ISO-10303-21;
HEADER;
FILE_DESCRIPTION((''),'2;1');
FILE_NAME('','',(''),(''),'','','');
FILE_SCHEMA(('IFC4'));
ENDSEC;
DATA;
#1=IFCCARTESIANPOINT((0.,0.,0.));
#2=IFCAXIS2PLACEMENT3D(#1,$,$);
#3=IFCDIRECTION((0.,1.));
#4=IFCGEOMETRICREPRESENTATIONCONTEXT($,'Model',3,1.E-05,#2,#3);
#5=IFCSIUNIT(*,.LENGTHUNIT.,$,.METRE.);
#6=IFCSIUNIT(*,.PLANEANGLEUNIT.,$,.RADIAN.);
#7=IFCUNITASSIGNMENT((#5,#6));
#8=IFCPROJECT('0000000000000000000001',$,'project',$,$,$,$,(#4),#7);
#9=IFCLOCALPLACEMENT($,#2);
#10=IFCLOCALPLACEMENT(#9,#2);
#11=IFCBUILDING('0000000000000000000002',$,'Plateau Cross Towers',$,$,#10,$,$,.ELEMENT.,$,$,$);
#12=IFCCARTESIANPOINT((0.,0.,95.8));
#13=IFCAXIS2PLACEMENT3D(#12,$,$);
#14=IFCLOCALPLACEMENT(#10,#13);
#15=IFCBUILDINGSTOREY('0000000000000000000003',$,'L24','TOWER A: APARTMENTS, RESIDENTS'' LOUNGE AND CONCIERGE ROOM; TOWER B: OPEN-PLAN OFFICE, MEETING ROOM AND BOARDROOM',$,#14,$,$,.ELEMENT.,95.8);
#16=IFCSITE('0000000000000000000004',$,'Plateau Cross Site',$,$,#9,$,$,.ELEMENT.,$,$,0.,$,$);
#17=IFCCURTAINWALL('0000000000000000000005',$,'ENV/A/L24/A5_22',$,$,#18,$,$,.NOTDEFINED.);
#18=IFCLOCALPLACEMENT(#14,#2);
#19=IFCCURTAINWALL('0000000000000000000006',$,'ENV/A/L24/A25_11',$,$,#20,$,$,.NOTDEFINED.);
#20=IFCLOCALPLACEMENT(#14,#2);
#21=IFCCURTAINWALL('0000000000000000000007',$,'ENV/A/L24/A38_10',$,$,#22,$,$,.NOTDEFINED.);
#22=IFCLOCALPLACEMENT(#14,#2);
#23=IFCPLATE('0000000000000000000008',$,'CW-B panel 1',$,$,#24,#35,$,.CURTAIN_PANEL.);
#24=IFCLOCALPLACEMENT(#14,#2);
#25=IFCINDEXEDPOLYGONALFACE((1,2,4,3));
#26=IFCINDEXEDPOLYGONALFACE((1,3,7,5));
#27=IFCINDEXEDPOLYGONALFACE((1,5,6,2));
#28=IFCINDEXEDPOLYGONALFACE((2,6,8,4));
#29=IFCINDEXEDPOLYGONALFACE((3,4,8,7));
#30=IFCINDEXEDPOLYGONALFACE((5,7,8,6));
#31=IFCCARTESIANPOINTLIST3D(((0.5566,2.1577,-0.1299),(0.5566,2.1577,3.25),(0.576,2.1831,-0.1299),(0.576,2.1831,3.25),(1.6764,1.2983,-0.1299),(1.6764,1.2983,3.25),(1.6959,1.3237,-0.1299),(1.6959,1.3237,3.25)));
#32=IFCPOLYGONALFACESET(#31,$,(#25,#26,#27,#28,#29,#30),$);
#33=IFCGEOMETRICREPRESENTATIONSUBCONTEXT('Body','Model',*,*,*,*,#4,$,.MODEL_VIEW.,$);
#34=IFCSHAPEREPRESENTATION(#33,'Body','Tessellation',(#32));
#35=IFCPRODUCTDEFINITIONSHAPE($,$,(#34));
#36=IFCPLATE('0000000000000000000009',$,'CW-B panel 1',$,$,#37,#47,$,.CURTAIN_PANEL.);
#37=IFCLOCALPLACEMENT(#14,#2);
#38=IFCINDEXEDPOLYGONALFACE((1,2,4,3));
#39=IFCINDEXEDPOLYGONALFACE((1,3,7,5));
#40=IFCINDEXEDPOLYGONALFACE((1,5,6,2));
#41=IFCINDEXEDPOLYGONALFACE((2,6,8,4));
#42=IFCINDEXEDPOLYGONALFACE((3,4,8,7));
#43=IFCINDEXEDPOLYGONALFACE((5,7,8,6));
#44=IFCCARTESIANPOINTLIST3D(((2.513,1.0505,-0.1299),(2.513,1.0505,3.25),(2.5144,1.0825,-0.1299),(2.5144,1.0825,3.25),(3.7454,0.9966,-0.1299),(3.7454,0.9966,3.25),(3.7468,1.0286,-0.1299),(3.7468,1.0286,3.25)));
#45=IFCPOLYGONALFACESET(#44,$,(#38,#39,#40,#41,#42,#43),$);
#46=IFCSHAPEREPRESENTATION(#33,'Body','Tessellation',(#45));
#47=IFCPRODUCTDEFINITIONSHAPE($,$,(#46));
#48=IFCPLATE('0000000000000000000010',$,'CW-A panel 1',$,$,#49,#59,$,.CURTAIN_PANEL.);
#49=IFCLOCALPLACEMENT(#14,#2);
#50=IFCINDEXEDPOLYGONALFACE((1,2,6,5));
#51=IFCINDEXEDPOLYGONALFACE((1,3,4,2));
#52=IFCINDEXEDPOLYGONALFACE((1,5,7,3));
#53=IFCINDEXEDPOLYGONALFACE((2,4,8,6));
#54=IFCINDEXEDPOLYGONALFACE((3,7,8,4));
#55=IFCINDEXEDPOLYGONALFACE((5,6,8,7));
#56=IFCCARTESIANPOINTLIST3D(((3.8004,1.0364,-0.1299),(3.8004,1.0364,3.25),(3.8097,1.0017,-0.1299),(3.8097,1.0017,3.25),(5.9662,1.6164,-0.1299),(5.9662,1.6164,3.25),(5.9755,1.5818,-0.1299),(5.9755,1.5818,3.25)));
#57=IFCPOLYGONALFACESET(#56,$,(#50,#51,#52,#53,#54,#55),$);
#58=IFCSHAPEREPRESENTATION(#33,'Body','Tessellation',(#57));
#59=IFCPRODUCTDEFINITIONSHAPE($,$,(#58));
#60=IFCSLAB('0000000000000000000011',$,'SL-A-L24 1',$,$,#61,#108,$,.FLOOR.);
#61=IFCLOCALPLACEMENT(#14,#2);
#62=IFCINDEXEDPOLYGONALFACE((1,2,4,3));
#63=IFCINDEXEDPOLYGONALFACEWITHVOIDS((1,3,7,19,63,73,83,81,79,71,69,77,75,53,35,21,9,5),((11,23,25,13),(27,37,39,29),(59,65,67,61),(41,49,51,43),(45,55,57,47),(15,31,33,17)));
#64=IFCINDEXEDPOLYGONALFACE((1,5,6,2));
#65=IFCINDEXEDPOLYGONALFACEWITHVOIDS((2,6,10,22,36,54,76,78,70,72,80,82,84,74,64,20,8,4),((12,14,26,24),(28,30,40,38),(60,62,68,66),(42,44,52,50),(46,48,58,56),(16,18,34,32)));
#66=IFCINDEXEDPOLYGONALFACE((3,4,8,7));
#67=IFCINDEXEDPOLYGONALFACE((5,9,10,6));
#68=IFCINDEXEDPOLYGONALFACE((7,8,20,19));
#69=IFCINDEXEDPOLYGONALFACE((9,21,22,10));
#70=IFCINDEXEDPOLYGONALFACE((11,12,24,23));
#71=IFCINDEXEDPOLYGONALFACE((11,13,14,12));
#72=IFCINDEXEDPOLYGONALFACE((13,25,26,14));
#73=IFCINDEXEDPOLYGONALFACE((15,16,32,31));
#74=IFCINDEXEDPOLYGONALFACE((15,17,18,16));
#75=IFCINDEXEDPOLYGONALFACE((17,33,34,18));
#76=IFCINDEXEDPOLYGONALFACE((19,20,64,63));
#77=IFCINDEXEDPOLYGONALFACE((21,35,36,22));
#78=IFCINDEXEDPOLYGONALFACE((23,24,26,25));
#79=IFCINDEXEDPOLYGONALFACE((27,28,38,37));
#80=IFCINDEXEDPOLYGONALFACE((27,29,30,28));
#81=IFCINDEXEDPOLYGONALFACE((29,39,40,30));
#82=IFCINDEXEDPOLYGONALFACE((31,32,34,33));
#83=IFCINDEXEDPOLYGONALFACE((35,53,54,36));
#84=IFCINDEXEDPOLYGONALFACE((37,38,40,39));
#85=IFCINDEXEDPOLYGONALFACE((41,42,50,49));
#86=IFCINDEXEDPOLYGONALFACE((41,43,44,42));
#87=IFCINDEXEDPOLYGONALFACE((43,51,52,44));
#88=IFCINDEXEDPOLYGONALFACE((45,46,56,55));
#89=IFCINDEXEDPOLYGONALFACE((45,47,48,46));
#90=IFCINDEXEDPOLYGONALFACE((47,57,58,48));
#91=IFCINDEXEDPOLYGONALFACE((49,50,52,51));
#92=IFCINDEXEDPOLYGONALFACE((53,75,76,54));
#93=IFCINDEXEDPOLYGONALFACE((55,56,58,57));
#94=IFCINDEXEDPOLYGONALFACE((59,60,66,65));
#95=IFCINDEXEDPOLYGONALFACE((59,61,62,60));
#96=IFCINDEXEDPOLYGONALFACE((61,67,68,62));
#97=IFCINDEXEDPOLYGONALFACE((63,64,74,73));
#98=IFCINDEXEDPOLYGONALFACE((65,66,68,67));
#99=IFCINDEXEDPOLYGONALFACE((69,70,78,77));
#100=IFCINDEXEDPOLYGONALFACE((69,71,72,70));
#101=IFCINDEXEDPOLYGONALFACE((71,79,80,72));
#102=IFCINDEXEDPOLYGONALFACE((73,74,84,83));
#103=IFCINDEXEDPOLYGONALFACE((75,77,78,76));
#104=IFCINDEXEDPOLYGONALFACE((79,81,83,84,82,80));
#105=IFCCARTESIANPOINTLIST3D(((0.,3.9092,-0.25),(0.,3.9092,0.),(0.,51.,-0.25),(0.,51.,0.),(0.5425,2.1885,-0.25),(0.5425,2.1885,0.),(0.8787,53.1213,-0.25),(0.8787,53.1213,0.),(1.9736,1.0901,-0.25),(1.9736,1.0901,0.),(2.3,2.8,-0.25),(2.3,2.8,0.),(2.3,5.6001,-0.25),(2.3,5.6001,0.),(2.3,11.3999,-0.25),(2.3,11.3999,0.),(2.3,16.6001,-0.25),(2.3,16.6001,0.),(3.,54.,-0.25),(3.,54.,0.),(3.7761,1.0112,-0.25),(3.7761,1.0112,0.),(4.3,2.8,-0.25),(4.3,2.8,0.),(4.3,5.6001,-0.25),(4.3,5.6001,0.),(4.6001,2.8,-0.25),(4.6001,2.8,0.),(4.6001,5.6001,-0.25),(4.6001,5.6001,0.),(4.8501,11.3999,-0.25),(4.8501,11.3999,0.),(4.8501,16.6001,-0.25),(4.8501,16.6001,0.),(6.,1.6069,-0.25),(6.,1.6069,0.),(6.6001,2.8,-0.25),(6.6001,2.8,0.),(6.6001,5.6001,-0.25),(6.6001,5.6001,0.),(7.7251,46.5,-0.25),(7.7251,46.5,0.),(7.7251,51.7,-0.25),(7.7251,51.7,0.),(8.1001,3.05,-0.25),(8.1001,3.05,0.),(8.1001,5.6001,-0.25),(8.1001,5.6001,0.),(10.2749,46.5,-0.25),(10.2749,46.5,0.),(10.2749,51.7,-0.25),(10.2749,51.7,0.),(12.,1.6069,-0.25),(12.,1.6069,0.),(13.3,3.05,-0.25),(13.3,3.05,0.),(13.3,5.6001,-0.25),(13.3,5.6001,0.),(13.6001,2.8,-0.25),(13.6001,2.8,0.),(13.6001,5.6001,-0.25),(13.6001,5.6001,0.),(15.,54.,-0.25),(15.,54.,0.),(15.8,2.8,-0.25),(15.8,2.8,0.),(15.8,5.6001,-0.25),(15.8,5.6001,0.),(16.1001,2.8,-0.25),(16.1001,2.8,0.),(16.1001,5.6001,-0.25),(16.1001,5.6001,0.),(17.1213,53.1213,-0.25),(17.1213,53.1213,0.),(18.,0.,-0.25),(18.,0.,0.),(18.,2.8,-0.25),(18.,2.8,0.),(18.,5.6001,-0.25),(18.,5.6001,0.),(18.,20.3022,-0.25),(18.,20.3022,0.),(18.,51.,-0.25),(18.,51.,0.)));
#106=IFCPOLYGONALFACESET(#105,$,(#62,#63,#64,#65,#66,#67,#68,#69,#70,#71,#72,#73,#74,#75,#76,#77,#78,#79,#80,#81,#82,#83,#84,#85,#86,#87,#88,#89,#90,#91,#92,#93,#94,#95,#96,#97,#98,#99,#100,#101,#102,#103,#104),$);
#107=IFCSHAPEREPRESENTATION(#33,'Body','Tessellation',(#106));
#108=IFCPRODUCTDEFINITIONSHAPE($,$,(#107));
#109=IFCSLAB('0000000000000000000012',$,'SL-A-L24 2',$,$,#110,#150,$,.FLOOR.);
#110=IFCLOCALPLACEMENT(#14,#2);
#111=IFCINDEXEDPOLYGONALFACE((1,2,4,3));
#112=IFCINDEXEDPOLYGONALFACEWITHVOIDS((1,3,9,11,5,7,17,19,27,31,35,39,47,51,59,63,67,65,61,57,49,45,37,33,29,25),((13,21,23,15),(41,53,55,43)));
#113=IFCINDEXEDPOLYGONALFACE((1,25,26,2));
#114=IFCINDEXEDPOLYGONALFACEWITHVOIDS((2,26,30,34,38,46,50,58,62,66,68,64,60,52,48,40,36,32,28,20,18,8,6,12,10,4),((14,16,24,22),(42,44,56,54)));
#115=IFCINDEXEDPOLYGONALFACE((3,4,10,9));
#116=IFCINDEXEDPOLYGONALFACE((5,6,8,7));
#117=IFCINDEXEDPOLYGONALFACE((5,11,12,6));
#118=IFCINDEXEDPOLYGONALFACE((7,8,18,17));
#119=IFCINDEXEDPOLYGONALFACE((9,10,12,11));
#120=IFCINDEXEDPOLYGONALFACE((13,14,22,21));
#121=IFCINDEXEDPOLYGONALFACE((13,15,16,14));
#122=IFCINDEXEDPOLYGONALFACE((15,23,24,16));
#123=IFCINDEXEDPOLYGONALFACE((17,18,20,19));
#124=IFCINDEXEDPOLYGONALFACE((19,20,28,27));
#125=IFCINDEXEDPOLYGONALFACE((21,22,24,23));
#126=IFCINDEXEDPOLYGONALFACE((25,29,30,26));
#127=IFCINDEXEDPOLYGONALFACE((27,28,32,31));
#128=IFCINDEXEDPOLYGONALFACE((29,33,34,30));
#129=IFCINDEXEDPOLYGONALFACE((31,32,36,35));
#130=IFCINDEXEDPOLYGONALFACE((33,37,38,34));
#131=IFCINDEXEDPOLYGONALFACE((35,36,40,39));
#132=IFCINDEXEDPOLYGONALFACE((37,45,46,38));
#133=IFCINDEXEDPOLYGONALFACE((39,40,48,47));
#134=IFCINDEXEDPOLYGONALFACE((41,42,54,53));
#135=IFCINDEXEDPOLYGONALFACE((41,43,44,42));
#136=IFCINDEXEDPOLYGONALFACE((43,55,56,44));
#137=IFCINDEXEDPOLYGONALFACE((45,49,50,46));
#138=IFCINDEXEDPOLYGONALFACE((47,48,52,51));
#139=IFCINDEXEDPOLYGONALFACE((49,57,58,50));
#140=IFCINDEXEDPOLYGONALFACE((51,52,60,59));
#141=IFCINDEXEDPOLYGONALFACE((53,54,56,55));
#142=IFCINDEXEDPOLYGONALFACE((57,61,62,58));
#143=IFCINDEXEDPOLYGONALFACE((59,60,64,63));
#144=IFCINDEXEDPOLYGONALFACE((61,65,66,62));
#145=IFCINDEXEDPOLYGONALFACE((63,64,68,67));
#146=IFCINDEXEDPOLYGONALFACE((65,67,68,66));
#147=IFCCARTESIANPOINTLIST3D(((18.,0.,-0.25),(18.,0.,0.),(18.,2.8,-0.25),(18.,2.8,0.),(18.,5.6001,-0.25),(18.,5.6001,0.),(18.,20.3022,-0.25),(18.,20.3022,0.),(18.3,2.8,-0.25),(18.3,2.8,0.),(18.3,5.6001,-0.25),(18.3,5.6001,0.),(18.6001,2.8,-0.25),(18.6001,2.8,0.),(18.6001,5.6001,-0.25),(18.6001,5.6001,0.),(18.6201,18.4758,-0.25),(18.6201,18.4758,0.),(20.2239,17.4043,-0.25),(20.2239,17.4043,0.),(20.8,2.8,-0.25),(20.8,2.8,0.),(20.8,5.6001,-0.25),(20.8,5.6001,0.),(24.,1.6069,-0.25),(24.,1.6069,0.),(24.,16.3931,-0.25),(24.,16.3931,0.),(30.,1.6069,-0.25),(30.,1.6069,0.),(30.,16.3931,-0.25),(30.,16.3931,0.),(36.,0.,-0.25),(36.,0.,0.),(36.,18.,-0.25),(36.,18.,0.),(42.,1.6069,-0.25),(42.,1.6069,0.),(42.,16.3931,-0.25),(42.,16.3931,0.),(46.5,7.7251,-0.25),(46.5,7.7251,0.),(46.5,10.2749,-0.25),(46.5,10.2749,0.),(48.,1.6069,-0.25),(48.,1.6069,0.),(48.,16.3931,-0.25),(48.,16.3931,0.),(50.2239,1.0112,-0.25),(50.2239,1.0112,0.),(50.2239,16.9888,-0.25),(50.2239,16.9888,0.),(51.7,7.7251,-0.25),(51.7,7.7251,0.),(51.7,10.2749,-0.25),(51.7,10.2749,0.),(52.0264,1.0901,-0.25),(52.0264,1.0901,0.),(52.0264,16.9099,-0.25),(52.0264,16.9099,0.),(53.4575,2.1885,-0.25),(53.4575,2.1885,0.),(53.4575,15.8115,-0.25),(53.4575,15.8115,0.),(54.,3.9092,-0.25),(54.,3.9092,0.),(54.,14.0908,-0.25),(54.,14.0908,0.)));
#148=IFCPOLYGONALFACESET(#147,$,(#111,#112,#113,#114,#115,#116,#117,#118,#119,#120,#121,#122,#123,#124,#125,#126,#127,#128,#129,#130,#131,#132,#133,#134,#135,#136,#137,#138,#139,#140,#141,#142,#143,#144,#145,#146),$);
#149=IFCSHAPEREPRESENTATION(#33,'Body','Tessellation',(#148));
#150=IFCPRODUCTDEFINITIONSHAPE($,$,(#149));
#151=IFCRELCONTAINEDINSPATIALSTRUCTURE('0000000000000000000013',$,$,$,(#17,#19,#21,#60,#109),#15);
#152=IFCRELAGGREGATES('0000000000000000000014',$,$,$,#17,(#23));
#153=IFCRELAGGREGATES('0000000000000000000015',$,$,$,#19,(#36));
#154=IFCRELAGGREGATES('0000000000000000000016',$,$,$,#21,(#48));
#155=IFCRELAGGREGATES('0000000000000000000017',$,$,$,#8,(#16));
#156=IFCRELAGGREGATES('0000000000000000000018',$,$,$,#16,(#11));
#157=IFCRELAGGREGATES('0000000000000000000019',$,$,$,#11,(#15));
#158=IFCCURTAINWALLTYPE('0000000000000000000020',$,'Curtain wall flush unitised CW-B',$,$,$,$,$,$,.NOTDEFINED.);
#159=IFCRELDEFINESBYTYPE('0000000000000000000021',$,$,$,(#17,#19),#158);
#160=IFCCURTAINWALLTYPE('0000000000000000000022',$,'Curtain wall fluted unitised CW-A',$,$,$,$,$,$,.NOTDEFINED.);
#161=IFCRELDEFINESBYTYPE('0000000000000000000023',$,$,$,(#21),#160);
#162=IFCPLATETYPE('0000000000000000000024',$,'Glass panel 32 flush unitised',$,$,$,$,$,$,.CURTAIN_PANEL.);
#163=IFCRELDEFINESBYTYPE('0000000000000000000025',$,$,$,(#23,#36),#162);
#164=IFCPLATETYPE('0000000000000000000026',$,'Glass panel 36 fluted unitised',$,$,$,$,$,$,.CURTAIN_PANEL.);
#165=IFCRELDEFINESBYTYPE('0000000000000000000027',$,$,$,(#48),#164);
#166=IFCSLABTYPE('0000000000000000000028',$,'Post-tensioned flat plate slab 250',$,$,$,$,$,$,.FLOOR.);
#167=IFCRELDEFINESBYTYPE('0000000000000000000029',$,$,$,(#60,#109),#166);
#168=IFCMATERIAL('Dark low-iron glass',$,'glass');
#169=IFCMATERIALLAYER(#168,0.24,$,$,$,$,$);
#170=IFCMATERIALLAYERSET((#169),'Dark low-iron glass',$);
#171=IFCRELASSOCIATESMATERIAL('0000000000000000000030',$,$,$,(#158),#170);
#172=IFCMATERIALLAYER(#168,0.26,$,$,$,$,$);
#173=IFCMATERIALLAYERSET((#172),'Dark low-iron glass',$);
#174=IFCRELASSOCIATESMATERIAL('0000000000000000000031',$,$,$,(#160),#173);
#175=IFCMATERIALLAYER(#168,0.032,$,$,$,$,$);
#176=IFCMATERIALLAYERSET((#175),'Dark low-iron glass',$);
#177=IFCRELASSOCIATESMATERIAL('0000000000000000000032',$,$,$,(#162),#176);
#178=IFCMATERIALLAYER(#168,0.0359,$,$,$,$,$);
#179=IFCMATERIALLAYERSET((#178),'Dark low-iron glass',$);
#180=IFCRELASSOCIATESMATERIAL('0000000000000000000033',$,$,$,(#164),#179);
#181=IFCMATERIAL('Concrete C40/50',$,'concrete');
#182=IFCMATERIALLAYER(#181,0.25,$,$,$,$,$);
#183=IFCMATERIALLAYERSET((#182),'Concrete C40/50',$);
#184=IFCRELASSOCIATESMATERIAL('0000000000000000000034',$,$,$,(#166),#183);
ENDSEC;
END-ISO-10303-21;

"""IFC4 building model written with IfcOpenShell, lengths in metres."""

from ifc_helpers import new_model, si_unit, direction, frame, origin, origin_2d, place, context, subcontext, project, spatial, polyline, rectangle, outline, extrude, material, layer, layer_set, type_object, element, aggregate, save


model = new_model("IFC4")

# Units and contexts
model_context = context("Model", 3, precision=1e-05, world=origin(), true_north=direction((0.0, 1.0)))
body_context = subcontext(model_context, "Body", "Model", "MODEL_VIEW")
ifc_project = project(units=[si_unit("LENGTHUNIT", "METRE"), si_unit("PLANEANGLEUNIT", "RADIAN")], contexts=[model_context])

# Site, building, storey
site_placement = place(None, origin())
site = spatial("IfcSite", under=ifc_project, at=site_placement, Name="Plateau Cross Site", CompositionType="ELEMENT", RefElevation=0.0)
building_placement = place(site_placement, origin())
building = spatial("IfcBuilding", under=site, at=building_placement, Name="Plateau Cross Towers", CompositionType="ELEMENT")
storey_placement = place(building_placement, frame((0.0, 0.0, 95.8)))
storey = spatial("IfcBuildingStorey", under=building, at=storey_placement, Name="L24", Description="TOWER A: APARTMENTS, RESIDENTS' LOUNGE AND CONCIERGE ROOM; TOWER B: OPEN-PLAN OFFICE, MEETING ROOM AND BOARDROOM", CompositionType="ELEMENT", Elevation=95.8)

# Curtain wall
ifc_material_1 = material(Name="Dark low-iron glass", Category="glass")
ifc_layer_1 = layer(ifc_material_1, 0.24)
ifc_layer_set_1 = layer_set([ifc_layer_1], Name="Dark low-iron glass")
curtain_wall_type_1 = type_object("IfcCurtainWallType", Name="Curtain wall flush unitised CW-B", PredefinedType="NOTDEFINED", material=ifc_layer_set_1)
curtain_wall_1_placement = place(storey_placement, origin())
curtain_wall_1 = element("IfcCurtainWall", 1, at=curtain_wall_1_placement, inside=storey, type_object=curtain_wall_type_1, Name="ENV/A/L24/A5_22", PredefinedType="NOTDEFINED")

# Curtain walls
curtain_wall_2_placement = place(storey_placement, origin())
curtain_wall_2 = element("IfcCurtainWall", 2, at=curtain_wall_2_placement, inside=storey, type_object=curtain_wall_type_1, Name="ENV/A/L24/A25_11", PredefinedType="NOTDEFINED")
ifc_layer_2 = layer(ifc_material_1, 0.26)
ifc_layer_set_2 = layer_set([ifc_layer_2], Name="Dark low-iron glass")
curtain_wall_type_2 = type_object("IfcCurtainWallType", Name="Curtain wall fluted unitised CW-A", PredefinedType="NOTDEFINED", material=ifc_layer_set_2)
curtain_wall_3_placement = place(storey_placement, origin())
curtain_wall_3 = element("IfcCurtainWall", 3, at=curtain_wall_3_placement, inside=storey, type_object=curtain_wall_type_2, Name="ENV/A/L24/A38_10", PredefinedType="NOTDEFINED")

# Shared definitions
ifc_material_2 = material(Name="Concrete C40/50", Category="concrete")

# Plates
ifc_layer_3 = layer(ifc_material_1, 0.032)
ifc_layer_set_3 = layer_set([ifc_layer_3], Name="Dark low-iron glass")
plate_type_1 = type_object("IfcPlateType", Name="Glass panel 32 flush unitised", PredefinedType="CURTAIN_PANEL", material=ifc_layer_set_3)
plate_1_placement = place(storey_placement, frame((1.1262, 1.7407, -0.1299), z_axis=(0.0, 0.0, 1.0), x_axis=(0.793316, -0.608811, 0.0)))
plate_1 = element("IfcPlate", 4, at=plate_1_placement, type_object=plate_type_1, Name="CW-B panel 1", PredefinedType="CURTAIN_PANEL", context=body_context, shape_type="SweptSolid", body=[
    extrude(rectangle(XDim=1.4116, YDim=0.032, at=origin_2d()), origin(), (0.0, 0.0, 1.0), 3.3799),
])
aggregate(curtain_wall_1, [plate_1])
plate_2_placement = place(storey_placement, frame((3.1299, 1.0396, -0.1299), z_axis=(0.0, 0.0, 1.0), x_axis=(0.999044, -0.043723, 0.0)))
plate_2 = element("IfcPlate", 5, at=plate_2_placement, type_object=plate_type_1, Name="CW-B panel 1", PredefinedType="CURTAIN_PANEL", context=body_context, shape_type="SweptSolid", body=[
    extrude(rectangle(XDim=1.2336, YDim=0.032, at=origin_2d()), origin(), (0.0, 0.0, 1.0), 3.3799),
])
aggregate(curtain_wall_2, [plate_2])
ifc_layer_4 = layer(ifc_material_1, 0.0359)
ifc_layer_set_4 = layer_set([ifc_layer_4], Name="Dark low-iron glass")
plate_type_2 = type_object("IfcPlateType", Name="Glass panel 36 fluted unitised", PredefinedType="CURTAIN_PANEL", material=ifc_layer_set_4)
plate_3_placement = place(storey_placement, frame((4.8879, 1.3091, -0.1299), z_axis=(0.0, 0.0, 1.0), x_axis=(0.965958, 0.258699, 0.0)))
plate_3 = element("IfcPlate", 6, at=plate_3_placement, type_object=plate_type_2, Name="CW-A panel 1", PredefinedType="CURTAIN_PANEL", context=body_context, shape_type="SweptSolid", body=[
    extrude(rectangle(XDim=2.2422, YDim=0.0359, at=origin_2d()), origin(), (0.0, 0.0, 1.0), 3.3799),
])
aggregate(curtain_wall_3, [plate_3])

# Slabs
ifc_layer_5 = layer(ifc_material_2, 0.25)
ifc_layer_set_5 = layer_set([ifc_layer_5], Name="Concrete C40/50")
slab_type_1 = type_object("IfcSlabType", Name="Post-tensioned flat plate slab 250", PredefinedType="FLOOR", material=ifc_layer_set_5)
slab_1_placement = place(storey_placement, frame((0.0, 0.0, -0.25)))
element("IfcSlab", 7, at=slab_1_placement, inside=storey, type_object=slab_type_1, Name="SL-A-L24 1", PredefinedType="FLOOR", context=body_context, shape_type="SweptSolid", body=[
    extrude(outline(polyline([(0.5425, 2.1885), (0.0, 3.9092), (0.0, 51.0), (0.8787, 53.1213), (3.0, 54.0), (15.0, 54.0), (17.1213, 53.1213), (18.0, 51.0), (18.0, 20.3022), (18.0, 5.6001), (16.1001, 5.6001), (16.1001, 2.8), (18.0, 2.8), (18.0, 0.0), (12.0, 1.6069), (6.0, 1.6069), (3.7761, 1.0112), (1.9736, 1.0901), (0.5425, 2.1885)]), holes=[polyline([(4.3, 5.6001), (2.3, 5.6001), (2.3, 2.8), (4.3, 2.8), (4.3, 5.6001)]), polyline([(6.6001, 5.6001), (4.6001, 5.6001), (4.6001, 2.8), (6.6001, 2.8), (6.6001, 5.6001)]), polyline([(15.8, 5.6001), (13.6001, 5.6001), (13.6001, 2.8), (15.8, 2.8), (15.8, 5.6001)]), polyline([(13.3, 5.6001), (8.1001, 5.6001), (8.1001, 3.05), (13.3, 3.05), (13.3, 5.6001)]), polyline([(4.8501, 16.6001), (2.3, 16.6001), (2.3, 11.3999), (4.8501, 11.3999), (4.8501, 16.6001)]), polyline([(7.7251, 51.7), (7.7251, 46.5), (10.2749, 46.5), (10.2749, 51.7), (7.7251, 51.7)])]), origin(), (0.0, 0.0, 1.0), 0.25),
])
slab_2_placement = place(storey_placement, frame((0.0, 0.0, -0.25)))
element("IfcSlab", 8, at=slab_2_placement, inside=storey, type_object=slab_type_1, Name="SL-A-L24 2", PredefinedType="FLOOR", context=body_context, shape_type="SweptSolid", body=[
    extrude(outline(polyline([(18.6201, 18.4758), (20.2239, 17.4043), (24.0, 16.3931), (30.0, 16.3931), (36.0, 18.0), (42.0, 16.3931), (48.0, 16.3931), (50.2239, 16.9888), (52.0264, 16.9099), (53.4575, 15.8115), (54.0, 14.0908), (54.0, 3.9092), (53.4575, 2.1885), (52.0264, 1.0901), (50.2239, 1.0112), (48.0, 1.6069), (42.0, 1.6069), (36.0, 0.0), (30.0, 1.6069), (24.0, 1.6069), (18.0, 0.0), (18.0, 2.8), (18.3, 2.8), (18.3, 5.6001), (18.0, 5.6001), (18.0, 20.3022), (18.6201, 18.4758)]), holes=[polyline([(20.8, 5.6001), (18.6001, 5.6001), (18.6001, 2.8), (20.8, 2.8), (20.8, 5.6001)]), polyline([(51.7, 7.7251), (51.7, 10.2749), (46.5, 10.2749), (46.5, 7.7251), (51.7, 7.7251)])]), origin(), (0.0, 0.0, 1.0), 0.25),
])

save(model, "model.ifc")
